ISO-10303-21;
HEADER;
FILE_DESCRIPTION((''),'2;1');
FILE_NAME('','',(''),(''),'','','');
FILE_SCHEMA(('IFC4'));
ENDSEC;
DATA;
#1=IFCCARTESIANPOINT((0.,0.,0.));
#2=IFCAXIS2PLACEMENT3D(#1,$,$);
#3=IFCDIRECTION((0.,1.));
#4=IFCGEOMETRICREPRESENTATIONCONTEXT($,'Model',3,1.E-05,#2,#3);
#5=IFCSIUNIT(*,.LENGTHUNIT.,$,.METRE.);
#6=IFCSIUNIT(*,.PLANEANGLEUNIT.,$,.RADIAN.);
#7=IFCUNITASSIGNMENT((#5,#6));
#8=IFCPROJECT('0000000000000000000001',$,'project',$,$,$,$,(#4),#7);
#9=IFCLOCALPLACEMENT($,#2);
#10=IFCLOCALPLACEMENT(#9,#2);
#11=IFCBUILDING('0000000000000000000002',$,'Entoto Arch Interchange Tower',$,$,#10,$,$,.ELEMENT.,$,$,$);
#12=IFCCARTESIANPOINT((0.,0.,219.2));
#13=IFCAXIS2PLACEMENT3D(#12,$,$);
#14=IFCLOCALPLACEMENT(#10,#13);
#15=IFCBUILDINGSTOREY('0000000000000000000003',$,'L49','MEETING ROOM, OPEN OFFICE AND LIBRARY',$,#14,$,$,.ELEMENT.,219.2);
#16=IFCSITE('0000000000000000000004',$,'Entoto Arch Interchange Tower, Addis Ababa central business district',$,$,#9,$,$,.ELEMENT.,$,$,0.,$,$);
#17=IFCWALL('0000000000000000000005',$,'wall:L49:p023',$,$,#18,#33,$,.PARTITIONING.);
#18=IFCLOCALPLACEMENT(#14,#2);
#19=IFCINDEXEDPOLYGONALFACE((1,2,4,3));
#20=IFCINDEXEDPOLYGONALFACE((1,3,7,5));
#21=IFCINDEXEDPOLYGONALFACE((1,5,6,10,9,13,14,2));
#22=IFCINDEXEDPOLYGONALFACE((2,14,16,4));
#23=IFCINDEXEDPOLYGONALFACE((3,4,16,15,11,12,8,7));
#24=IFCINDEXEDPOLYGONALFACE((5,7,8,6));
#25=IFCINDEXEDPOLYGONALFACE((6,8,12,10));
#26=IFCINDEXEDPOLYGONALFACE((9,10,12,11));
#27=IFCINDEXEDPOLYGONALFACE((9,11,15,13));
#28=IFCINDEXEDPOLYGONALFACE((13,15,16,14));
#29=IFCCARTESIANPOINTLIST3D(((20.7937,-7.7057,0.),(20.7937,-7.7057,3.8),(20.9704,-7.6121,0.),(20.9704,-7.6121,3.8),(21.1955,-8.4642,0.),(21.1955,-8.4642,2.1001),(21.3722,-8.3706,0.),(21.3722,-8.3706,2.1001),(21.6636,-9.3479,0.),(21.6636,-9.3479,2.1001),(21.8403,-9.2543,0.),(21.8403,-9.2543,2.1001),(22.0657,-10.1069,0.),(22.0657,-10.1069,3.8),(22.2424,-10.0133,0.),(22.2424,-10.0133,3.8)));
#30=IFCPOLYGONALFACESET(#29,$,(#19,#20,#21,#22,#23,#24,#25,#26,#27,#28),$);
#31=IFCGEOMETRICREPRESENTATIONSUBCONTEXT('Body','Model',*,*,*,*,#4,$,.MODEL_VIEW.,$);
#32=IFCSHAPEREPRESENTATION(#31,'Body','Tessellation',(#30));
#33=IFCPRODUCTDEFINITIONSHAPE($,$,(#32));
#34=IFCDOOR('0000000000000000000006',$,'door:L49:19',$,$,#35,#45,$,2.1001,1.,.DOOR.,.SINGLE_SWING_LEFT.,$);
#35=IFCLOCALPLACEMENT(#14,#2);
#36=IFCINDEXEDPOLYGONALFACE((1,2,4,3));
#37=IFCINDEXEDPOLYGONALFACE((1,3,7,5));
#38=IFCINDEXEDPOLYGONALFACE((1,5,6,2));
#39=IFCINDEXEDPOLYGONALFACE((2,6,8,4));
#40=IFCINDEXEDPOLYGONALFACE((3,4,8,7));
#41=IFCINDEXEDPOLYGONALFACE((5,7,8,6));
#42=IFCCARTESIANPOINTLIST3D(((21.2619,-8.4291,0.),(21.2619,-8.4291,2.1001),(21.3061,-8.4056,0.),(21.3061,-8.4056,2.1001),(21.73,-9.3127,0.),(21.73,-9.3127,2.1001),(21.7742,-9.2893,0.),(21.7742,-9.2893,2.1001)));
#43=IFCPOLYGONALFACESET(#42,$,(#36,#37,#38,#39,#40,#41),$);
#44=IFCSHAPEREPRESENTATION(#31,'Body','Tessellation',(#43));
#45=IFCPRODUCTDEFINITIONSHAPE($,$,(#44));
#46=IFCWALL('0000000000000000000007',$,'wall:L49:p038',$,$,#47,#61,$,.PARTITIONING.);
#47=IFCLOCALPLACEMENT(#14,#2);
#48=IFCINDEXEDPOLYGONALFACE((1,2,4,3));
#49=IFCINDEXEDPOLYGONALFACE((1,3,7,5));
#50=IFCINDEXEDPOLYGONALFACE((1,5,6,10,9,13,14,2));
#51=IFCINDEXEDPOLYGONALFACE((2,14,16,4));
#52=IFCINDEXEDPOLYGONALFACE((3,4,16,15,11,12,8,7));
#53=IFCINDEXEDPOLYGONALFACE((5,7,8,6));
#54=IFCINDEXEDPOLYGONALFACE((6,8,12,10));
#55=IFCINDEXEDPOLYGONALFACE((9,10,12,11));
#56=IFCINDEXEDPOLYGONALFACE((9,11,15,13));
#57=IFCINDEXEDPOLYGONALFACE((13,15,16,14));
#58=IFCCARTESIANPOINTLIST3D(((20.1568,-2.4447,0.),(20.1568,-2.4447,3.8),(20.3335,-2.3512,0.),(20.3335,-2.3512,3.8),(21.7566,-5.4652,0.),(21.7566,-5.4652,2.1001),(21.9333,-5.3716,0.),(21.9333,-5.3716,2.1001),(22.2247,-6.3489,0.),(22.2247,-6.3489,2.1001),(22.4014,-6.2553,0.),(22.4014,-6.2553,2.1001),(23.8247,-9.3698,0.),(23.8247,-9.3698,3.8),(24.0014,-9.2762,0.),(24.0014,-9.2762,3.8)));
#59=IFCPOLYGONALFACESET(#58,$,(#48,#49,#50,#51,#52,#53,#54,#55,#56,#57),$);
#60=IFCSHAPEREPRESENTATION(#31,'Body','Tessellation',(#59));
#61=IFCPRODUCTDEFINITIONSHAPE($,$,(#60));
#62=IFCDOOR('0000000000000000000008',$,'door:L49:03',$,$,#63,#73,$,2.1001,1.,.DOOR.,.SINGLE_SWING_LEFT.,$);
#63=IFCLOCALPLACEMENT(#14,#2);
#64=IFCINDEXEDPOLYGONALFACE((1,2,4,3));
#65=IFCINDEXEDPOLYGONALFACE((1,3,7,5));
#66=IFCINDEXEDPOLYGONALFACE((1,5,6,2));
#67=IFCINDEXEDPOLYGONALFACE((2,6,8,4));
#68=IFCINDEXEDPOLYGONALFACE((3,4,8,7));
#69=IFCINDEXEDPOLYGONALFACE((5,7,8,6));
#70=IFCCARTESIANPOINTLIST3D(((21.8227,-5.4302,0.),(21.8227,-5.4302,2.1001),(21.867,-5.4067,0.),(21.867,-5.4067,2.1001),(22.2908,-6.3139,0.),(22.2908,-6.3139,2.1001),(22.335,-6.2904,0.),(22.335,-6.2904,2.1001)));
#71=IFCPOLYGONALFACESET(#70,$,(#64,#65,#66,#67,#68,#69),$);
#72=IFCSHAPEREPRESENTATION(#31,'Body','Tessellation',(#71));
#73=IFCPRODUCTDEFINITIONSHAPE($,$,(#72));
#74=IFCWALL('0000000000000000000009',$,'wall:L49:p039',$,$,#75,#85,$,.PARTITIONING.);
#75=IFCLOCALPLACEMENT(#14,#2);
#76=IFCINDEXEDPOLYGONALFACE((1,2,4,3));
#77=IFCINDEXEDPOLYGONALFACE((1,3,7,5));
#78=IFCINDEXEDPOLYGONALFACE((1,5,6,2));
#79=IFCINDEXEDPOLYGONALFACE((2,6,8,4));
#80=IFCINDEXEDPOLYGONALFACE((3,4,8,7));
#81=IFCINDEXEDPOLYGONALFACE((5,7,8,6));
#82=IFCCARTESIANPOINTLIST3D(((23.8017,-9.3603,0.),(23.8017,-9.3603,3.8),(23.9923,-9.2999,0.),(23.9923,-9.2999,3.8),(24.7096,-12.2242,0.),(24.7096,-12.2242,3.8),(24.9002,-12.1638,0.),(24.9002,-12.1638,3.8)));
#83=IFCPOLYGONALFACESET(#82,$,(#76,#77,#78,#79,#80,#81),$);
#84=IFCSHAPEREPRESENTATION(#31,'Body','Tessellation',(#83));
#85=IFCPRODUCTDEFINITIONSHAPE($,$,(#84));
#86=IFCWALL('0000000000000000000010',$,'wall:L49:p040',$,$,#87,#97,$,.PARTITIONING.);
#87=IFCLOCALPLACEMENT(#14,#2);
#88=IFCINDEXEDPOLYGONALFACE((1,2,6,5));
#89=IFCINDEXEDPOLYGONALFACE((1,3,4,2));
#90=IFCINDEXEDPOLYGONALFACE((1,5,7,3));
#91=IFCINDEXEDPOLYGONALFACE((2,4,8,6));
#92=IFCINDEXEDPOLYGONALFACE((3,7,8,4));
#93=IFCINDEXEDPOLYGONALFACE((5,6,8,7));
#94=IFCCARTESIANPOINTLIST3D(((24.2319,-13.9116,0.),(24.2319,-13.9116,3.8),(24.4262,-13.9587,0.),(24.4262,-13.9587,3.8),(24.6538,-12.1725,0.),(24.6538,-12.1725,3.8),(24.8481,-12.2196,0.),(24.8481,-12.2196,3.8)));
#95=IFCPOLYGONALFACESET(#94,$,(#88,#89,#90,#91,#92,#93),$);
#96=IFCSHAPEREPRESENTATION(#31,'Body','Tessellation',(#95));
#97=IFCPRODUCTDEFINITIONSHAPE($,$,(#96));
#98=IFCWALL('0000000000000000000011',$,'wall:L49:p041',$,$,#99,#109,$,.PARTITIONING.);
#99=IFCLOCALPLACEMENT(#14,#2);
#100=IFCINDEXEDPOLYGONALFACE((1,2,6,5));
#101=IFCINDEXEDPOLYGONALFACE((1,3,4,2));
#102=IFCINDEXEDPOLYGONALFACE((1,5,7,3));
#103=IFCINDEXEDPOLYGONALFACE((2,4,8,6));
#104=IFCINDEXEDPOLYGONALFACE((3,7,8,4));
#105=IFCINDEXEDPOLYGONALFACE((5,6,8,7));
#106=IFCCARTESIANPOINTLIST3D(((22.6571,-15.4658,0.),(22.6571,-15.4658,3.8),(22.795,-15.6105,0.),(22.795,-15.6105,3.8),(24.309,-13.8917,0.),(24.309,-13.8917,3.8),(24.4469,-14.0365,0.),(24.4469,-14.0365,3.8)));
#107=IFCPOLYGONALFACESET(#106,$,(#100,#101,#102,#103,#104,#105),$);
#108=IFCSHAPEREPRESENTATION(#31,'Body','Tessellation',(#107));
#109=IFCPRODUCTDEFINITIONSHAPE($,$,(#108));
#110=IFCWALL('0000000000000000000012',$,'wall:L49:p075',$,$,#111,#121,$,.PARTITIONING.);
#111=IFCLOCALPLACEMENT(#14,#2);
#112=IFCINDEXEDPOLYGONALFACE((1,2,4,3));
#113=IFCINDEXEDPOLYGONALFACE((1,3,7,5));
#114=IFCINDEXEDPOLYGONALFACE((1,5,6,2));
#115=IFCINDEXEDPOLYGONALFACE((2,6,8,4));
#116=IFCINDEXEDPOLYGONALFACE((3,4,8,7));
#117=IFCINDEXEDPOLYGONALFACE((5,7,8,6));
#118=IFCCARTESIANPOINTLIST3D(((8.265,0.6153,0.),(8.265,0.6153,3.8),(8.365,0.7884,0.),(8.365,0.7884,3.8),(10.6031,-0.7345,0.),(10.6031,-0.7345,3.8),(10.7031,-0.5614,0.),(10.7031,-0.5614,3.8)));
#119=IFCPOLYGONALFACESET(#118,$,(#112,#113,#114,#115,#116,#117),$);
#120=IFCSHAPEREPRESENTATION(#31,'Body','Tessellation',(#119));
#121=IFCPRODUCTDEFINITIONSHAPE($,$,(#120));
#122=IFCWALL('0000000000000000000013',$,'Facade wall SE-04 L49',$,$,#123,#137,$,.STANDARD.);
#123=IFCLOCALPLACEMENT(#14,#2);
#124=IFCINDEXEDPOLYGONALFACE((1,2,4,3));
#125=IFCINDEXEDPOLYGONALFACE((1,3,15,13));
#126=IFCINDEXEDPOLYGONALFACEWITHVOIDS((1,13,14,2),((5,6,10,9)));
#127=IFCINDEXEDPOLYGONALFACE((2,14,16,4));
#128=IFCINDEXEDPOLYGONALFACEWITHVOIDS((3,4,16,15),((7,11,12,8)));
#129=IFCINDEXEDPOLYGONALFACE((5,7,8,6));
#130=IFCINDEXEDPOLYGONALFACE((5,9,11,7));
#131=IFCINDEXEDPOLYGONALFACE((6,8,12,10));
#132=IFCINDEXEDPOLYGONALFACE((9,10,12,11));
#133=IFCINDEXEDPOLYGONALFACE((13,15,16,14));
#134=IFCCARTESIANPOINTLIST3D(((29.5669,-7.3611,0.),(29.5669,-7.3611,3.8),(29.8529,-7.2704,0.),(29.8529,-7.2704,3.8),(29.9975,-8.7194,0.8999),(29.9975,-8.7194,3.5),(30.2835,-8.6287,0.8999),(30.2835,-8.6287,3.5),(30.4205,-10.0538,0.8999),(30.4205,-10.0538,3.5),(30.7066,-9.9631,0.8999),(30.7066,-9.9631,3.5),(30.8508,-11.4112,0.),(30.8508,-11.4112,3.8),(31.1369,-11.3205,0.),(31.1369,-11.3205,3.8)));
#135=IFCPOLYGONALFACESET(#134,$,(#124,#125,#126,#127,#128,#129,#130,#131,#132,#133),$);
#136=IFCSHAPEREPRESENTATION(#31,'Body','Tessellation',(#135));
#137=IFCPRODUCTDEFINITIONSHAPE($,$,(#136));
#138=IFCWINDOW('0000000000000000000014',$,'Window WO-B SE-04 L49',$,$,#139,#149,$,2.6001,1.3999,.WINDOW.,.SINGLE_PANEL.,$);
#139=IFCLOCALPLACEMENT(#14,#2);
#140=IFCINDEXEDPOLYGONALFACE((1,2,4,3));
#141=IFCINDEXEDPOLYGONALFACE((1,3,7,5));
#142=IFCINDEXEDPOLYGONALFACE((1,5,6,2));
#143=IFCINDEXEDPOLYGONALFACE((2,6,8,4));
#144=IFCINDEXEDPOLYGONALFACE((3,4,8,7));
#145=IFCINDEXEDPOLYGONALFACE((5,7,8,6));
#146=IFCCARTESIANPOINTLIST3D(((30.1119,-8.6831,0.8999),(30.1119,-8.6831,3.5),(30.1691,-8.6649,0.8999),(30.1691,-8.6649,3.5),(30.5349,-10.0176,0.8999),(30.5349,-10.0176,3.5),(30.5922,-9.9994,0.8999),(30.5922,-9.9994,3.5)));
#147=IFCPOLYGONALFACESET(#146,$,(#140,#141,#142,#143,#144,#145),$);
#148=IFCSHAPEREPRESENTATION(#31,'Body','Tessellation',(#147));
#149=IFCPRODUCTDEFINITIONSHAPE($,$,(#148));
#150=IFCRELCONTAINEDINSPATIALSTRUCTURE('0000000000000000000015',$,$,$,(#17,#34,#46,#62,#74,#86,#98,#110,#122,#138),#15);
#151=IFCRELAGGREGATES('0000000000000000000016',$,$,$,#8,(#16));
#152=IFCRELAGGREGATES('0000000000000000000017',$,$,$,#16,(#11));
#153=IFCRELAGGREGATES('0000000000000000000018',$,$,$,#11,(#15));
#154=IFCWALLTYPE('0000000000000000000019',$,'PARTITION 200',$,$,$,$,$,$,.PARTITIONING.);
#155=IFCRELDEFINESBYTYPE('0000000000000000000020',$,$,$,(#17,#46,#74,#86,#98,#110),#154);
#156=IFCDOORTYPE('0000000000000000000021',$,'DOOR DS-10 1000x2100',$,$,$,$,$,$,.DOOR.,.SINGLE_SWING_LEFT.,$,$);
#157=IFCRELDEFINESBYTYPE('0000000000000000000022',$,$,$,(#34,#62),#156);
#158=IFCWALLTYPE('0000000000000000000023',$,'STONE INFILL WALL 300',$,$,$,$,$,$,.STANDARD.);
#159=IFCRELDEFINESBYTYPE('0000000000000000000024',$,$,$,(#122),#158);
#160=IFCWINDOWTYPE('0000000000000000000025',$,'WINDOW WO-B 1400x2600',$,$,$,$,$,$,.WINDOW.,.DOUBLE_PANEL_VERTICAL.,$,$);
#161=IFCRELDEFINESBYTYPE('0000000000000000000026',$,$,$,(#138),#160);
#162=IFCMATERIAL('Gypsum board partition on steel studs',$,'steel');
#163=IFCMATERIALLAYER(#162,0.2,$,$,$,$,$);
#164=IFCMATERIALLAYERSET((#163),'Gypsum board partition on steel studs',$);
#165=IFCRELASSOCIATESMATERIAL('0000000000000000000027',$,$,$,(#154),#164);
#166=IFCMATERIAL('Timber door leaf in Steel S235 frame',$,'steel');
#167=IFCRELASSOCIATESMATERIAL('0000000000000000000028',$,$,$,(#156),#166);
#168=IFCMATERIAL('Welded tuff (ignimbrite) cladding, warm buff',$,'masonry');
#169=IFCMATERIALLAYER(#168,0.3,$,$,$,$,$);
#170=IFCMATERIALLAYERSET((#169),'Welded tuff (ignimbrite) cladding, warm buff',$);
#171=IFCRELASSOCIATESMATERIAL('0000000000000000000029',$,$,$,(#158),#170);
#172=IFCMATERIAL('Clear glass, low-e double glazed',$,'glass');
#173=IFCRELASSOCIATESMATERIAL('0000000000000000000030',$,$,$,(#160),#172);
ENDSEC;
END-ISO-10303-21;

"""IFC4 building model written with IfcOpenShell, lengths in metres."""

from ifc_helpers import new_model, si_unit, direction, frame, frame_2d, origin, place, context, subcontext, project, spatial, rectangle, extrude, material, layer, layer_set, type_object, element, fill, save


model = new_model("IFC4")

# Units and contexts
model_context = context("Model", 3, precision=1e-05, world=origin(), true_north=direction((0.0, 1.0)))
body_context = subcontext(model_context, "Body", "Model", "MODEL_VIEW")
ifc_project = project(units=[si_unit("LENGTHUNIT", "METRE"), si_unit("PLANEANGLEUNIT", "RADIAN")], contexts=[model_context])

# Site, building, storey
site_placement = place(None, origin())
site = spatial("IfcSite", under=ifc_project, at=site_placement, Name="Entoto Arch Interchange Tower, Addis Ababa central business district", CompositionType="ELEMENT", RefElevation=0.0)
building_placement = place(site_placement, origin())
building = spatial("IfcBuilding", under=site, at=building_placement, Name="Entoto Arch Interchange Tower", CompositionType="ELEMENT")
storey_placement = place(building_placement, frame((0.0, 0.0, 219.2)))
storey = spatial("IfcBuildingStorey", under=building, at=storey_placement, Name="L49", Description="MEETING ROOM, OPEN OFFICE AND LIBRARY", CompositionType="ELEMENT", Elevation=219.2)

# Shared definitions
ifc_material_1 = material(Name="Gypsum board partition on steel studs", Category="steel")
ifc_layer_1 = layer(ifc_material_1, 0.2)
ifc_layer_set_1 = layer_set([ifc_layer_1], Name="Gypsum board partition on steel studs")
wall_type_1 = type_object("IfcWallType", Name="PARTITION 200", PredefinedType="PARTITIONING", material=ifc_layer_set_1)

# Shared definitions
ifc_material_2 = material(Name="Timber door leaf in Steel S235 frame", Category="steel")
door_type = type_object("IfcDoorType", Name="DOOR DS-10 1000x2100", OperationType="SINGLE_SWING_LEFT", PredefinedType="DOOR", material=ifc_material_2)

# Walls, openings, doors
wall_1_placement = place(storey_placement, frame((22.1541, -10.0601, 0.0), z_axis=(0.0, 0.0, 1.0), x_axis=(-0.468115, 0.883668, 0.0)))
wall_1 = element("IfcWall", 1, at=wall_1_placement, inside=storey, type_object=wall_type_1, Name="wall:L49:p023", PredefinedType="PARTITIONING", context=body_context, shape_type="SweptSolid", body=[
    extrude(rectangle(XDim=2.7173, YDim=0.2, at=frame_2d((1.3586, 0.0))), origin(), (0.0, 0.0, 1.0), 3.8),
])
opening_1_placement = place(wall_1_placement, frame((0.8589, 0.0, 0.0)))
opening_1 = element("IfcOpeningElement", 2, at=opening_1_placement, cuts=wall_1, PredefinedType="OPENING", context=body_context, shape_type="SweptSolid", body=[
    extrude(rectangle(XDim=1.0, YDim=2.1001, at=frame_2d((0.5, 1.05))), frame((0.0, 0.1099, 0.0), z_axis=(0.0, -1.0, 0.0), x_axis=(1.0, 0.0, 0.0)), (0.0, 0.0, 1.0), 0.22),
])
door_1_placement = place(opening_1_placement, origin())
door_1 = element("IfcDoor", 3, at=door_1_placement, inside=storey, type_object=door_type, Name="door:L49:19", OperationType="SINGLE_SWING_LEFT", OverallHeight=2.1001, OverallWidth=1.0, PredefinedType="DOOR", context=body_context, shape_type="SweptSolid", body=[
    extrude(rectangle(XDim=1.0, YDim=2.1001, at=frame_2d((0.5, 1.05))), frame((0.0, 0.0249, 0.0), z_axis=(0.0, -1.0, 0.0), x_axis=(1.0, 0.0, 0.0)), (0.0, 0.0, 1.0), 0.05),
])
fill(opening_1, door_1)
wall_2_placement = place(storey_placement, frame((20.2451, -2.3979, 0.0), z_axis=(0.0, 0.0, 1.0), x_axis=(0.468064, -0.883695, 0.0)))
wall_2 = element("IfcWall", 4, at=wall_2_placement, inside=storey, type_object=wall_type_1, Name="wall:L49:p038", PredefinedType="PARTITIONING", context=body_context, shape_type="SweptSolid", body=[
    extrude(rectangle(XDim=7.8364, YDim=0.2, at=frame_2d((3.9182, 0.0))), origin(), (0.0, 0.0, 1.0), 3.8),
])
opening_2_placement = place(wall_2_placement, frame((3.418, 0.0, 0.0)))
opening_2 = element("IfcOpeningElement", 5, at=opening_2_placement, cuts=wall_2, PredefinedType="OPENING", context=body_context, shape_type="SweptSolid", body=[
    extrude(rectangle(XDim=1.0, YDim=2.1001, at=frame_2d((0.5, 1.05))), frame((0.0, 0.1099, 0.0), z_axis=(0.0, -1.0, 0.0), x_axis=(1.0, 0.0, 0.0)), (0.0, 0.0, 1.0), 0.22),
])
door_2_placement = place(opening_2_placement, origin())
door_2 = element("IfcDoor", 6, at=door_2_placement, inside=storey, type_object=door_type, Name="door:L49:03", OperationType="SINGLE_SWING_LEFT", OverallHeight=2.1001, OverallWidth=1.0, PredefinedType="DOOR", context=body_context, shape_type="SweptSolid", body=[
    extrude(rectangle(XDim=1.0, YDim=2.1001, at=frame_2d((0.5, 1.05))), frame((0.0, 0.0249, 0.0), z_axis=(0.0, -1.0, 0.0), x_axis=(1.0, 0.0, 0.0)), (0.0, 0.0, 1.0), 0.05),
])
fill(opening_2, door_2)

# Walls
wall_3_placement = place(storey_placement, frame((23.897, -9.3301, 0.0), z_axis=(0.0, 0.0, 1.0), x_axis=(0.302201, -0.953244, 0.0)))
element("IfcWall", 7, at=wall_3_placement, inside=storey, type_object=wall_type_1, Name="wall:L49:p039", PredefinedType="PARTITIONING", context=body_context, shape_type="SweptSolid", body=[
    extrude(rectangle(XDim=3.0044, YDim=0.2, at=frame_2d((1.5022, 0.0))), origin(), (0.0, 0.0, 1.0), 3.8),
])
wall_4_placement = place(storey_placement, frame((24.751, -12.196, 0.0), z_axis=(0.0, 0.0, 1.0), x_axis=(-0.235756, -0.971812, 0.0)))
element("IfcWall", 8, at=wall_4_placement, inside=storey, type_object=wall_type_1, Name="wall:L49:p040", PredefinedType="PARTITIONING", context=body_context, shape_type="SweptSolid", body=[
    extrude(rectangle(XDim=1.7896, YDim=0.2, at=frame_2d((0.8948, 0.0))), origin(), (0.0, 0.0, 1.0), 3.8),
])
wall_5_placement = place(storey_placement, frame((24.3779, -13.9641, 0.0), z_axis=(0.0, 0.0, 1.0), x_axis=(-0.723967, -0.689834, 0.0)))
element("IfcWall", 9, at=wall_5_placement, inside=storey, type_object=wall_type_1, Name="wall:L49:p041", PredefinedType="PARTITIONING", context=body_context, shape_type="SweptSolid", body=[
    extrude(rectangle(XDim=2.2817, YDim=0.2, at=frame_2d((1.1409, 0.0))), origin(), (0.0, 0.0, 1.0), 3.8),
])
wall_6_placement = place(storey_placement, frame((10.6531, -0.6479, 0.0), z_axis=(0.0, 0.0, 1.0), x_axis=(-0.866037, 0.499981, 0.0)))
element("IfcWall", 10, at=wall_6_placement, inside=storey, type_object=wall_type_1, Name="wall:L49:p075", PredefinedType="PARTITIONING", context=body_context, shape_type="SweptSolid", body=[
    extrude(rectangle(XDim=2.6997, YDim=0.2, at=frame_2d((1.3499, 0.0))), origin(), (0.0, 0.0, 1.0), 3.8),
])

# Wall, opening, window
ifc_material_3 = material(Name="Welded tuff (ignimbrite) cladding, warm buff", Category="masonry")
ifc_layer_2 = layer(ifc_material_3, 0.3)
ifc_layer_set_2 = layer_set([ifc_layer_2], Name="Welded tuff (ignimbrite) cladding, warm buff")
wall_type_2 = type_object("IfcWallType", Name="STONE INFILL WALL 300", PredefinedType="STANDARD", material=ifc_layer_set_2)
wall_7_placement = place(storey_placement, frame((30.9939, -11.366, 0.0), z_axis=(0.0, 0.0, 1.0), x_axis=(-0.302195, 0.953246, 0.0)))
wall_7 = element("IfcWall", 11, at=wall_7_placement, inside=storey, type_object=wall_type_2, Name="Facade wall SE-04 L49", PredefinedType="STANDARD", context=body_context, shape_type="SweptSolid", body=[
    extrude(rectangle(XDim=4.2488, YDim=0.3, at=frame_2d((2.1245, 0.0))), origin(), (0.0, 0.0, 1.0), 3.8),
])
opening_3_placement = place(wall_7_placement, frame((1.4241, 0.0, 0.8999)))
opening_3 = element("IfcOpeningElement", 12, at=opening_3_placement, cuts=wall_7, PredefinedType="OPENING", context=body_context, shape_type="SweptSolid", body=[
    extrude(rectangle(XDim=1.3999, YDim=2.6001, at=frame_2d((0.7, 1.3))), frame((0.0, 0.1602, 0.0), z_axis=(0.0, -1.0, 0.0), x_axis=(1.0, 0.0, 0.0)), (0.0, 0.0, 1.0), 0.3201),
])
ifc_material_4 = material(Name="Clear glass, low-e double glazed", Category="glass")
window_type_1 = type_object("IfcWindowType", Name="WINDOW WO-B 1400x2600", PartitioningType="DOUBLE_PANEL_VERTICAL", PredefinedType="WINDOW", material=ifc_material_4)
window_1_placement = place(opening_3_placement, origin())
window_1 = element("IfcWindow", 13, at=window_1_placement, inside=storey, type_object=window_type_1, Name="Window WO-B SE-04 L49", OverallHeight=2.6001, OverallWidth=1.3999, PartitioningType="SINGLE_PANEL", PredefinedType="WINDOW", context=body_context, shape_type="SweptSolid", body=[
    extrude(rectangle(XDim=1.3999, YDim=2.6001, at=frame_2d((0.7, 1.3))), frame((0.0, 0.03, 0.0), z_axis=(0.0, -1.0, 0.0), x_axis=(1.0, 0.0, 0.0)), (0.0, 0.0, 1.0), 0.0601),
])
fill(opening_3, window_1)

save(model, "model.ifc")
